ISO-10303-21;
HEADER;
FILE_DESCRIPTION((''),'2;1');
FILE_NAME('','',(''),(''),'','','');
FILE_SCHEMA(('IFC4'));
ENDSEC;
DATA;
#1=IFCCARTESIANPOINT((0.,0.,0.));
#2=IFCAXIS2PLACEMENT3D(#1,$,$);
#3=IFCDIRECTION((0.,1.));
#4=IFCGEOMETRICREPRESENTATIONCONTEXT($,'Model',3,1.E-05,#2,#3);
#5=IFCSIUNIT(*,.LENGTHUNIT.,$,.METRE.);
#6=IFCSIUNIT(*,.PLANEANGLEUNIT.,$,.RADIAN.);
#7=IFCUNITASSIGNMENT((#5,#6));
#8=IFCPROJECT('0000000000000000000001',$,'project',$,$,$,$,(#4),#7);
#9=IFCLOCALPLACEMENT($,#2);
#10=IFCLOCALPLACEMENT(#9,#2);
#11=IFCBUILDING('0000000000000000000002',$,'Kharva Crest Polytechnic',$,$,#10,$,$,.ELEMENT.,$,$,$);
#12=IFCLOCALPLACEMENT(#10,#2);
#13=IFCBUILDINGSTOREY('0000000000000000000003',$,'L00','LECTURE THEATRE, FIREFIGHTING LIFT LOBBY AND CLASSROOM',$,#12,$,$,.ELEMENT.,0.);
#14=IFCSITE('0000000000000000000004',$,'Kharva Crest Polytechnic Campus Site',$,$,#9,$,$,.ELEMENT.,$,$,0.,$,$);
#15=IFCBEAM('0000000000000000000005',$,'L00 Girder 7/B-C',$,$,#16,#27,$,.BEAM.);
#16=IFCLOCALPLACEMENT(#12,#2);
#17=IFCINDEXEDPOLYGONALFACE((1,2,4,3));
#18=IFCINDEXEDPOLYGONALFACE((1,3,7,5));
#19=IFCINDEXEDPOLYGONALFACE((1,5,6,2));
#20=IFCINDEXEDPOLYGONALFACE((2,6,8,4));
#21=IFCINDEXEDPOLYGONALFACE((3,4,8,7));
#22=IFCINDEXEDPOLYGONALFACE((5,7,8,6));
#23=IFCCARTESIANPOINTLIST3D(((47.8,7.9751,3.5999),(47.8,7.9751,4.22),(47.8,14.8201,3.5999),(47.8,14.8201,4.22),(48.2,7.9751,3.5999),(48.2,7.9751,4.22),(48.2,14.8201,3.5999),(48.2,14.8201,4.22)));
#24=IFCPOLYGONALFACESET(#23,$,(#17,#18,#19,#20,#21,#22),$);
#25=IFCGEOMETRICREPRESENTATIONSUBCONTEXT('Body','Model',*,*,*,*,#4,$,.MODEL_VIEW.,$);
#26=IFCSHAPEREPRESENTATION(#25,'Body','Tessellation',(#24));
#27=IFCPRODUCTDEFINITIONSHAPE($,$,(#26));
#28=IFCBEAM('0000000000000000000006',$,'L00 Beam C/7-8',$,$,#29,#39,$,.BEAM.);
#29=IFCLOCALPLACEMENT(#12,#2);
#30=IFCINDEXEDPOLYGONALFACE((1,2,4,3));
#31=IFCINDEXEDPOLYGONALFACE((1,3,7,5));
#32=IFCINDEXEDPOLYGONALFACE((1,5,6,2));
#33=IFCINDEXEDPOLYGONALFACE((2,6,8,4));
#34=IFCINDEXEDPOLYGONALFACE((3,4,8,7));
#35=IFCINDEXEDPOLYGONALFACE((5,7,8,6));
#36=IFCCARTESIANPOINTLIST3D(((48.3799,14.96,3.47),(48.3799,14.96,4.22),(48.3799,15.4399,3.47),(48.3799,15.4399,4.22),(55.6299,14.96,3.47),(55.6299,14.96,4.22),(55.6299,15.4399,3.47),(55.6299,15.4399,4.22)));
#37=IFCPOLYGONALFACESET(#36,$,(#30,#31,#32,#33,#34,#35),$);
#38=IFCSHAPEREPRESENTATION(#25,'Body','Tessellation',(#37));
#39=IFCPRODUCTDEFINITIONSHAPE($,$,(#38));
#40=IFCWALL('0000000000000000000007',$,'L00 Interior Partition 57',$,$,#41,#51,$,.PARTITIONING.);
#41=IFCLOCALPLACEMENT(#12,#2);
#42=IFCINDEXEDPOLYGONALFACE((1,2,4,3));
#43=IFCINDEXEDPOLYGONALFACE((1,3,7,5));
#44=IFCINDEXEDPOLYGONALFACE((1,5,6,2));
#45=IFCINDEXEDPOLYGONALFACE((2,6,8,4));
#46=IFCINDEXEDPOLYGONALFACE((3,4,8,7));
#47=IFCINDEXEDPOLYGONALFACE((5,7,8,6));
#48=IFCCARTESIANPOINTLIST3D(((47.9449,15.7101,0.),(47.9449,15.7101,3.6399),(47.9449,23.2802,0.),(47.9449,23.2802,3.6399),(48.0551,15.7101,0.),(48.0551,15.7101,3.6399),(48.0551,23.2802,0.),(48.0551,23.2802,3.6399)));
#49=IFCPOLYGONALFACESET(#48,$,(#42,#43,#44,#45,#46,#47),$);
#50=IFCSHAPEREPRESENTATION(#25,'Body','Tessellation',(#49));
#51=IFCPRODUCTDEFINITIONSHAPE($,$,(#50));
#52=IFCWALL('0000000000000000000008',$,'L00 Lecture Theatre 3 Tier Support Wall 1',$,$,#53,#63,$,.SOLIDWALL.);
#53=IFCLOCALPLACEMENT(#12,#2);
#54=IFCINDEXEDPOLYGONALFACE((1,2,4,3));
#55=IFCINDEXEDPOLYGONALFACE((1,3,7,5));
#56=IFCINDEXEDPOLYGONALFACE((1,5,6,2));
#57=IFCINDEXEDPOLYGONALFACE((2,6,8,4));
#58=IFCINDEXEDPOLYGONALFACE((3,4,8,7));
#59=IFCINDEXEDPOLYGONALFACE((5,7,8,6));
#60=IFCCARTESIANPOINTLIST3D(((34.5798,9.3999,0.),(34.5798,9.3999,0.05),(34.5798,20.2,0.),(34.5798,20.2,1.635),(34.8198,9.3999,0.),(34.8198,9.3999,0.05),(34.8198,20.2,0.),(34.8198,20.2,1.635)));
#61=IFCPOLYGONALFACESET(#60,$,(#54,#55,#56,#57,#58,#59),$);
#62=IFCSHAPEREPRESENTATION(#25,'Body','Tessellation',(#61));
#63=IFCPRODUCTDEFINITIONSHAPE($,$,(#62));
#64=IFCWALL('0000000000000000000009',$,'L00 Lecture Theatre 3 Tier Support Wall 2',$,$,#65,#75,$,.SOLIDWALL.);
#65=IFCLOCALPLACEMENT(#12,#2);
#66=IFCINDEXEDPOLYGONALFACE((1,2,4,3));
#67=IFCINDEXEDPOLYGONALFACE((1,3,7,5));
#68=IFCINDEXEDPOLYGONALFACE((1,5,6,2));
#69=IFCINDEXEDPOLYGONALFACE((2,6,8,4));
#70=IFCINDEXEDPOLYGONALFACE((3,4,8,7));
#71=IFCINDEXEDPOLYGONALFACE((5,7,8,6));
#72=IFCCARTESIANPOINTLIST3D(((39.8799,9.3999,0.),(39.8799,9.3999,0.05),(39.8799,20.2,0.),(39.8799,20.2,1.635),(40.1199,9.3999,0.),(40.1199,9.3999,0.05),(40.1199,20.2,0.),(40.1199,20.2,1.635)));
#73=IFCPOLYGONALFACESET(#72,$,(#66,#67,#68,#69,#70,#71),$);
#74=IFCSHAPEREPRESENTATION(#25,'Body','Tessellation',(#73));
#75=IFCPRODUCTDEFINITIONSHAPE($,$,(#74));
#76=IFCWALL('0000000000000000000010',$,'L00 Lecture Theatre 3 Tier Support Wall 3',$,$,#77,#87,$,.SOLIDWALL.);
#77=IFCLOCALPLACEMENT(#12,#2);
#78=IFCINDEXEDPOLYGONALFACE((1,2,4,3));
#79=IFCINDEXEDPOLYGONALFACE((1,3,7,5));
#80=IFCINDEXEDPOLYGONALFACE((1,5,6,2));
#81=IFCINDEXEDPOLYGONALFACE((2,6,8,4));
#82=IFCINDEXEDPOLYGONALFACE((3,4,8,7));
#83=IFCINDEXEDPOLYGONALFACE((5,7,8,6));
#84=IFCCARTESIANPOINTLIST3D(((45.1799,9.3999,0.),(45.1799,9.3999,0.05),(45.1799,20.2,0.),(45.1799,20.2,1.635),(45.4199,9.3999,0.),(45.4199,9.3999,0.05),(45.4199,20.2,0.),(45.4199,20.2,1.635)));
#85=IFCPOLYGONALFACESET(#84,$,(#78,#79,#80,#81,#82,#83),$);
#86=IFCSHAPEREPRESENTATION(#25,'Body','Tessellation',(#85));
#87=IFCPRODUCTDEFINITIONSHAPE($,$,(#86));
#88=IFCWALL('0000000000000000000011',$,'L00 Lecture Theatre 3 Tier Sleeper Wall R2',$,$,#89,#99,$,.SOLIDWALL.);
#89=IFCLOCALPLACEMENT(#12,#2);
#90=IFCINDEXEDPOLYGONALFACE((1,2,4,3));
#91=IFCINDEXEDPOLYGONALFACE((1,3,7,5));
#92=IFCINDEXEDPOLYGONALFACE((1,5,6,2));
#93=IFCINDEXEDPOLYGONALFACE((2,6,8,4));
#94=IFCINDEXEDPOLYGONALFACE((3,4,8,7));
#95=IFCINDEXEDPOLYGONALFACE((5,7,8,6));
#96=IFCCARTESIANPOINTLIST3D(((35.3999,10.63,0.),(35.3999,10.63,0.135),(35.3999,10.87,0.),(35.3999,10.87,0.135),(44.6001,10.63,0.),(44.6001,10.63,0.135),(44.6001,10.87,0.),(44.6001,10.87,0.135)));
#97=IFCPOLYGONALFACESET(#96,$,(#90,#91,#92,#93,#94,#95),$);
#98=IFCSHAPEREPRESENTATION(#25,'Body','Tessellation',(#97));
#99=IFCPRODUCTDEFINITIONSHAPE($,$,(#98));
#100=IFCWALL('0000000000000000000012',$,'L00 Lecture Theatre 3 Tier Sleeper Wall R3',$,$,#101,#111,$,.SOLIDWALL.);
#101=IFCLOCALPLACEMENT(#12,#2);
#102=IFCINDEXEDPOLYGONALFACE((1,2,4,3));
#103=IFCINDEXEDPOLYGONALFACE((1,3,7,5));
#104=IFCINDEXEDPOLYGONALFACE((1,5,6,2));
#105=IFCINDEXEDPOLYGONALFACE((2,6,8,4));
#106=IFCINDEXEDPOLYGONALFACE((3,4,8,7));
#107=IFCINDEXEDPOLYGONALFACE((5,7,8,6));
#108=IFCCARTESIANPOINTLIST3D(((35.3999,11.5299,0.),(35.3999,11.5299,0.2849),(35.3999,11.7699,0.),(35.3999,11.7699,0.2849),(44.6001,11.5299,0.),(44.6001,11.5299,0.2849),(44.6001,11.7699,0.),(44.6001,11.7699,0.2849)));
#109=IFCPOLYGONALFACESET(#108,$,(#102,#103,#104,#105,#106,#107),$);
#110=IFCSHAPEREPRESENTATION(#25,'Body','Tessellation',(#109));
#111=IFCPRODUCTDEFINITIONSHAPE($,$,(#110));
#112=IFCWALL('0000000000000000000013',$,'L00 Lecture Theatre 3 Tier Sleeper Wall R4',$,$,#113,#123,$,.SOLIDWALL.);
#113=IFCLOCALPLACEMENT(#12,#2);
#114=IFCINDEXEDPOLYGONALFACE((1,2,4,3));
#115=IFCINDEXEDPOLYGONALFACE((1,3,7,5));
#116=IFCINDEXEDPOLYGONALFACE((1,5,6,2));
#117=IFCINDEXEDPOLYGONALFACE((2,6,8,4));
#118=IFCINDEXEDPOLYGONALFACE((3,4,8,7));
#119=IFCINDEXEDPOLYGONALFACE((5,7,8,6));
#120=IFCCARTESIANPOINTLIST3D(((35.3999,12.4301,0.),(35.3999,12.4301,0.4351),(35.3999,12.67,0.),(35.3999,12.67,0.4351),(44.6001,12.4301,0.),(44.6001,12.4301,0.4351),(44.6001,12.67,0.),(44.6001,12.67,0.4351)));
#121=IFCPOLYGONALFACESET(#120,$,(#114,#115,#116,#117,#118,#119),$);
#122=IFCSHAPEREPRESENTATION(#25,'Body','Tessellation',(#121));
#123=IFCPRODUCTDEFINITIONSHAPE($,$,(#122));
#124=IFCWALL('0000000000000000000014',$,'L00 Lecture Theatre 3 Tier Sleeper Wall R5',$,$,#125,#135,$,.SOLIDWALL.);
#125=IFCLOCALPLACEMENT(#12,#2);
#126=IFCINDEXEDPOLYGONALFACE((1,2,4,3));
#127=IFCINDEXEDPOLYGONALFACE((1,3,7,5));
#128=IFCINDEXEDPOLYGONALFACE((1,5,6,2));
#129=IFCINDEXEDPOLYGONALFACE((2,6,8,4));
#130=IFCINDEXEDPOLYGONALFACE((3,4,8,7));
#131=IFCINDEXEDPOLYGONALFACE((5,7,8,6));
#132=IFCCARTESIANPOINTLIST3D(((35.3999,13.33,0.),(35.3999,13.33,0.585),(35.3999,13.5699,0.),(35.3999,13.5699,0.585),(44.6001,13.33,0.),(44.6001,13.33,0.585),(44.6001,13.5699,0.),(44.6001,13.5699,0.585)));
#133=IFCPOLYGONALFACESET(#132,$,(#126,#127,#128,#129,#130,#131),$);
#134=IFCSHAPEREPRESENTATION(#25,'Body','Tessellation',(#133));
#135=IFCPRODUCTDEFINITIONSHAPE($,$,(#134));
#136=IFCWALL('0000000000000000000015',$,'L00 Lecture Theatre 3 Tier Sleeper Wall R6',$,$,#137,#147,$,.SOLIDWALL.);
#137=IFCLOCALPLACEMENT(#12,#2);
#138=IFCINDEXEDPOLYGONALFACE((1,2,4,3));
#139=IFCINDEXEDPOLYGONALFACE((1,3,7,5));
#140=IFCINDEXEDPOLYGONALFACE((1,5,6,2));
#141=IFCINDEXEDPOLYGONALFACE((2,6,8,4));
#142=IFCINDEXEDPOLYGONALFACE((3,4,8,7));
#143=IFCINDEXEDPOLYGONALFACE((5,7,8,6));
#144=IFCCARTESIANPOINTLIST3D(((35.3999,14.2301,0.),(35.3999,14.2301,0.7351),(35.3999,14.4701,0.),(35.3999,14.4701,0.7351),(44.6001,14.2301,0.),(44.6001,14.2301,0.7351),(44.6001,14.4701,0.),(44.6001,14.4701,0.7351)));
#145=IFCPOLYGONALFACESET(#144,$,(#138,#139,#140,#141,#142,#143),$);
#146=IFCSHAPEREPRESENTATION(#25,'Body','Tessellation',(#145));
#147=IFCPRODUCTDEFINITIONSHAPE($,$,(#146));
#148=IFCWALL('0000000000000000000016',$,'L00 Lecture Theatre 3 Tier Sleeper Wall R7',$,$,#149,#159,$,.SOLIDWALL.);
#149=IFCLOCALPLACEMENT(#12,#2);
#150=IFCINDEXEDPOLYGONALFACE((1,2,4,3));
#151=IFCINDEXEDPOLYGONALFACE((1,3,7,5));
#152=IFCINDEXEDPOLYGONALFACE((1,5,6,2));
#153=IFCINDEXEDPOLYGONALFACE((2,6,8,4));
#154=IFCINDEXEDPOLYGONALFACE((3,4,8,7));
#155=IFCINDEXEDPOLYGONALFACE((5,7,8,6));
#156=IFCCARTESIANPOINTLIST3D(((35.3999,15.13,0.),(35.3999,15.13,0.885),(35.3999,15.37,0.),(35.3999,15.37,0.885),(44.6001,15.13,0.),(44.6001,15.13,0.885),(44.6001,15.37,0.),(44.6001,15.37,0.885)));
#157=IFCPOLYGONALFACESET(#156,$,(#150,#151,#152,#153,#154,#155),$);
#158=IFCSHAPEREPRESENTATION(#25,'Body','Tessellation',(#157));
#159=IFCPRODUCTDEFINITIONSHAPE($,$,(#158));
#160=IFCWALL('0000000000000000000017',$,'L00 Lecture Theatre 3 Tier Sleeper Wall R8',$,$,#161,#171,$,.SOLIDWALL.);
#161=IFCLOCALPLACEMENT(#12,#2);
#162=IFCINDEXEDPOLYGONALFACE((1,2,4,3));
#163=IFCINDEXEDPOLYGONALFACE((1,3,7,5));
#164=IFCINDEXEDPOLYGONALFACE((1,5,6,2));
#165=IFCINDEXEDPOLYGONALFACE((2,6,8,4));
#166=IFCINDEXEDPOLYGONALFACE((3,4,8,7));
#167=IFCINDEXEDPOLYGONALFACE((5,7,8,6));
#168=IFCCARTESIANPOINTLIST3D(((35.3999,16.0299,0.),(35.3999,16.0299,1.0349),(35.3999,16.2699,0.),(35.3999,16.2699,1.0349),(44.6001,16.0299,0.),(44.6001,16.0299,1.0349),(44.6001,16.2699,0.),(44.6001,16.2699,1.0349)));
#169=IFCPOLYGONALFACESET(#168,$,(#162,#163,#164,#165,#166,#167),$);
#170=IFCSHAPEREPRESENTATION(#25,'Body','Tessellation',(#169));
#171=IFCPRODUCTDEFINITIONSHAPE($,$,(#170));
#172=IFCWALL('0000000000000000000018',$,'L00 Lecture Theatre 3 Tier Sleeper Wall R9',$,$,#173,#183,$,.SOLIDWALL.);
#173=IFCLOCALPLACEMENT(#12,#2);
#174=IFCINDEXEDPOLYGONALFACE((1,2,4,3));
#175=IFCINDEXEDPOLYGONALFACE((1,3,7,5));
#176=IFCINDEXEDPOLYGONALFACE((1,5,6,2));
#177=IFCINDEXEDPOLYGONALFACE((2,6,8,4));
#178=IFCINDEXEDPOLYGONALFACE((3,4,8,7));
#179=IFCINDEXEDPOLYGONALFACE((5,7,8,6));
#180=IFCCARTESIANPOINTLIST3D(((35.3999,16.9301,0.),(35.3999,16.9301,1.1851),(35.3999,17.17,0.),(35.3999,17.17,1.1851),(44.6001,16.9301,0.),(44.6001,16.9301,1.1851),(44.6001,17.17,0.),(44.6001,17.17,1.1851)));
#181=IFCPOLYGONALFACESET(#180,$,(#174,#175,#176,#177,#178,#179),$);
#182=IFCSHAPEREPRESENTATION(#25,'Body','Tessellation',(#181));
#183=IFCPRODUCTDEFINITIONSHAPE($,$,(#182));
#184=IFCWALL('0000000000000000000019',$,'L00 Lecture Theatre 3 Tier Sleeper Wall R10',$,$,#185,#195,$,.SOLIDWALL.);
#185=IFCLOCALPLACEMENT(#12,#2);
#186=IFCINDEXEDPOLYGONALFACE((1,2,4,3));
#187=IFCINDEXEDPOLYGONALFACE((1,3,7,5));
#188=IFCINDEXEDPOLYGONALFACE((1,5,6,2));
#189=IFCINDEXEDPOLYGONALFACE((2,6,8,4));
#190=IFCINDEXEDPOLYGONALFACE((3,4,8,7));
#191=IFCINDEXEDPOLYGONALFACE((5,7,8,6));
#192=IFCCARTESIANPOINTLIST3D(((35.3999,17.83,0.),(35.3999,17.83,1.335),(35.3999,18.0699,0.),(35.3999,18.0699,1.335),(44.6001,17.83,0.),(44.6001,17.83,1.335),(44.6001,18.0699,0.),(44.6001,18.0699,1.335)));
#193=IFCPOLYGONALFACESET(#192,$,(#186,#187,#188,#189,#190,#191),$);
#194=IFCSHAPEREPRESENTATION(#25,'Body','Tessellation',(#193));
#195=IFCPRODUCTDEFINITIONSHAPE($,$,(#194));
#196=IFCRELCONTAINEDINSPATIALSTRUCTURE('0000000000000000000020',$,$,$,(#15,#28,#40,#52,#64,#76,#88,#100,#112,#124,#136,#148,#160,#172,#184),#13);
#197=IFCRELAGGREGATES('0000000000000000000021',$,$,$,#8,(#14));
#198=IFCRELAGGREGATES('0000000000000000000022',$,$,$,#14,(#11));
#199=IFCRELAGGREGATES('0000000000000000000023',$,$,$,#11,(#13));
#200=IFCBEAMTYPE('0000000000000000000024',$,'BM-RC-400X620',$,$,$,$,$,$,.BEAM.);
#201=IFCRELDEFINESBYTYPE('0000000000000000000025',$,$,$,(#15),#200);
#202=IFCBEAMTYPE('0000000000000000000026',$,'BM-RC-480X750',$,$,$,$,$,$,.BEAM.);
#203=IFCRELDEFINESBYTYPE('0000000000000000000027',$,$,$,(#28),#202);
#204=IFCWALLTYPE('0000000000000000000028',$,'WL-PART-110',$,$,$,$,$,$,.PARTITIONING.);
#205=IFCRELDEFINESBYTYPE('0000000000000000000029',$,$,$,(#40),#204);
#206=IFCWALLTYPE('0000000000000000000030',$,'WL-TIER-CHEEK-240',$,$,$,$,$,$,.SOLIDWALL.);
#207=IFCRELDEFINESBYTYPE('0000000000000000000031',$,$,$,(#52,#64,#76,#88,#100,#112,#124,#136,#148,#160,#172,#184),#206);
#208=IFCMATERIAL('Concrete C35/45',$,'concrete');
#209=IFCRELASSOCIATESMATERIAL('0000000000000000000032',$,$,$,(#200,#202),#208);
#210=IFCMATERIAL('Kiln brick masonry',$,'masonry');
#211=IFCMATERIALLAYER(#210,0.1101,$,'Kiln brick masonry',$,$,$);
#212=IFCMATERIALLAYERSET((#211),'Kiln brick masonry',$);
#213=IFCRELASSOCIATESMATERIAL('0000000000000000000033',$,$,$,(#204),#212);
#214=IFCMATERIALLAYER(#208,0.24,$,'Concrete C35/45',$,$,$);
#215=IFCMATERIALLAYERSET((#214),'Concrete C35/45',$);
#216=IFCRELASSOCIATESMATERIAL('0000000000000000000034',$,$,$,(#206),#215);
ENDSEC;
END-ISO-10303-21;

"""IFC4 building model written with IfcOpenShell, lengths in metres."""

from ifc_helpers import new_model, si_unit, direction, frame, frame_2d, origin, origin_2d, place, context, subcontext, project, spatial, polyline, rectangle, outline, extrude, material, layer, layer_set, material_profile, profile_set, type_object, element, save


model = new_model("IFC4")

# Units and contexts
model_context = context("Model", 3, precision=1e-05, world=origin(), true_north=direction((0.0, 1.0)))
body_context = subcontext(model_context, "Body", "Model", "MODEL_VIEW")
ifc_project = project(units=[si_unit("LENGTHUNIT", "METRE"), si_unit("PLANEANGLEUNIT", "RADIAN")], contexts=[model_context])

# Site, building, storey
site_placement = place(None, origin())
site = spatial("IfcSite", under=ifc_project, at=site_placement, Name="Kharva Crest Polytechnic Campus Site", CompositionType="ELEMENT", RefElevation=0.0)
building_placement = place(site_placement, origin())
building = spatial("IfcBuilding", under=site, at=building_placement, Name="Kharva Crest Polytechnic", CompositionType="ELEMENT")
storey_placement = place(building_placement, origin())
storey = spatial("IfcBuildingStorey", under=building, at=storey_placement, Name="L00", Description="LECTURE THEATRE, FIREFIGHTING LIFT LOBBY AND CLASSROOM", CompositionType="ELEMENT", Elevation=0.0)

# Shared definitions
ifc_material_1 = material(Name="Concrete C35/45", Category="concrete")

# Beams
ifc_material_profile_1 = material_profile(ifc_material_1, rectangle(XDim=0.3999, YDim=0.6201, at=origin_2d()), Name="RECT 400 X 620")
ifc_profile_set_1 = profile_set([ifc_material_profile_1], Name="Concrete C35/45")
beam_type_1 = type_object("IfcBeamType", Name="BM-RC-400X620", PredefinedType="BEAM", material=ifc_profile_set_1)
beam_1_placement = place(storey_placement, frame((48.0, 7.9751, 3.9099), z_axis=(0.0, 1.0, 0.0), x_axis=(-1.0, 0.0, 0.0)))
element("IfcBeam", 1, at=beam_1_placement, inside=storey, type_object=beam_type_1, Name="L00 Girder 7/B-C", PredefinedType="BEAM", context=body_context, shape_type="SweptSolid", body=[
    extrude(rectangle(XDim=0.3999, YDim=0.6201, at=origin_2d()), origin(), (0.0, 0.0, 1.0), 6.845),
])
ifc_material_profile_2 = material_profile(ifc_material_1, rectangle(XDim=0.48, YDim=0.75, at=origin_2d()), Name="RECT 480 X 750")
ifc_profile_set_2 = profile_set([ifc_material_profile_2], Name="Concrete C35/45")
beam_type_2 = type_object("IfcBeamType", Name="BM-RC-480X750", PredefinedType="BEAM", material=ifc_profile_set_2)
beam_2_placement = place(storey_placement, frame((48.3799, 15.2, 3.845), z_axis=(1.0, 0.0, 0.0), x_axis=(0.0, 1.0, 0.0)))
element("IfcBeam", 2, at=beam_2_placement, inside=storey, type_object=beam_type_2, Name="L00 Beam C/7-8", PredefinedType="BEAM", context=body_context, shape_type="SweptSolid", body=[
    extrude(rectangle(XDim=0.48, YDim=0.75, at=origin_2d()), origin(), (0.0, 0.0, 1.0), 7.25),
])

# Walls
ifc_material_2 = material(Name="Kiln brick masonry", Category="masonry")
ifc_layer_1 = layer(ifc_material_2, 0.1101, Name="Kiln brick masonry")
ifc_layer_set_1 = layer_set([ifc_layer_1], Name="Kiln brick masonry")
wall_type_1 = type_object("IfcWallType", Name="WL-PART-110", PredefinedType="PARTITIONING", material=ifc_layer_set_1)
wall_1_placement = place(storey_placement, frame((48.0, 15.71, 0.0), z_axis=(0.0, 0.0, 1.0), x_axis=(0.0, 1.0, 0.0)))
element("IfcWall", 3, at=wall_1_placement, inside=storey, type_object=wall_type_1, Name="L00 Interior Partition 57", PredefinedType="PARTITIONING", context=body_context, shape_type="SweptSolid", body=[
    extrude(rectangle(XDim=7.5701, YDim=0.1101, at=frame_2d((3.7852, 0.0))), origin(), (0.0, 0.0, 1.0), 3.6399),
])
ifc_layer_2 = layer(ifc_material_1, 0.24, Name="Concrete C35/45")
ifc_layer_set_2 = layer_set([ifc_layer_2], Name="Concrete C35/45")
wall_type_2 = type_object("IfcWallType", Name="WL-TIER-CHEEK-240", PredefinedType="SOLIDWALL", material=ifc_layer_set_2)
for number, where, z_axis, x_axis, name in (
    (4, (34.7, 9.3999, 0.0), (0.0, 0.0, 1.0), (0.0, 1.0, 0.0), "L00 Lecture Theatre 3 Tier Support Wall 1"),
    (5, (40.0, 9.3999, 0.0), (0.0, 0.0, 1.0), (0.0, 1.0, 0.0), "L00 Lecture Theatre 3 Tier Support Wall 2"),
    (6, (45.3, 9.3999, 0.0), (0.0, 0.0, 1.0), (0.0, 1.0, 0.0), "L00 Lecture Theatre 3 Tier Support Wall 3"),
):
    element("IfcWall", number, at=place(storey_placement, frame(where, z_axis=z_axis, x_axis=x_axis)), inside=storey, type_object=wall_type_2, Name=name, PredefinedType="SOLIDWALL", context=body_context, shape_type="SweptSolid", body=[
        extrude(outline(polyline([(0.0, 0.0), (10.8, 0.0), (10.8, 1.635), (0.0, 0.05), (0.0, 0.0)])), frame((0.0, 0.1201, 0.0), z_axis=(0.0, -1.0, 0.0), x_axis=(1.0, 0.0, 0.0)), (0.0, 0.0, 1.0), 0.24),
    ])
wall_2_placement = place(storey_placement, frame((35.3999, 10.75, 0.0), z_axis=(0.0, 0.0, 1.0), x_axis=(1.0, 0.0, 0.0)))
element("IfcWall", 7, at=wall_2_placement, inside=storey, type_object=wall_type_2, Name="L00 Lecture Theatre 3 Tier Sleeper Wall R2", PredefinedType="SOLIDWALL", context=body_context, shape_type="SweptSolid", body=[
    extrude(rectangle(XDim=9.2002, YDim=0.24, at=frame_2d((4.6001, 0.0))), origin(), (0.0, 0.0, 1.0), 0.135),
])
wall_3_placement = place(storey_placement, frame((35.3999, 11.6499, 0.0), z_axis=(0.0, 0.0, 1.0), x_axis=(1.0, 0.0, 0.0)))
element("IfcWall", 8, at=wall_3_placement, inside=storey, type_object=wall_type_2, Name="L00 Lecture Theatre 3 Tier Sleeper Wall R3", PredefinedType="SOLIDWALL", context=body_context, shape_type="SweptSolid", body=[
    extrude(rectangle(XDim=9.2002, YDim=0.24, at=frame_2d((4.6001, 0.0))), origin(), (0.0, 0.0, 1.0), 0.2849),
])
wall_4_placement = place(storey_placement, frame((35.3999, 12.55, 0.0), z_axis=(0.0, 0.0, 1.0), x_axis=(1.0, 0.0, 0.0)))
element("IfcWall", 9, at=wall_4_placement, inside=storey, type_object=wall_type_2, Name="L00 Lecture Theatre 3 Tier Sleeper Wall R4", PredefinedType="SOLIDWALL", context=body_context, shape_type="SweptSolid", body=[
    extrude(rectangle(XDim=9.2002, YDim=0.24, at=frame_2d((4.6001, 0.0))), origin(), (0.0, 0.0, 1.0), 0.4351),
])
wall_5_placement = place(storey_placement, frame((35.3999, 13.45, 0.0), z_axis=(0.0, 0.0, 1.0), x_axis=(1.0, 0.0, 0.0)))
element("IfcWall", 10, at=wall_5_placement, inside=storey, type_object=wall_type_2, Name="L00 Lecture Theatre 3 Tier Sleeper Wall R5", PredefinedType="SOLIDWALL", context=body_context, shape_type="SweptSolid", body=[
    extrude(rectangle(XDim=9.2002, YDim=0.24, at=frame_2d((4.6001, 0.0))), origin(), (0.0, 0.0, 1.0), 0.585),
])
wall_6_placement = place(storey_placement, frame((35.3999, 14.3501, 0.0), z_axis=(0.0, 0.0, 1.0), x_axis=(1.0, 0.0, 0.0)))
element("IfcWall", 11, at=wall_6_placement, inside=storey, type_object=wall_type_2, Name="L00 Lecture Theatre 3 Tier Sleeper Wall R6", PredefinedType="SOLIDWALL", context=body_context, shape_type="SweptSolid", body=[
    extrude(rectangle(XDim=9.2002, YDim=0.24, at=frame_2d((4.6001, 0.0))), origin(), (0.0, 0.0, 1.0), 0.7351),
])
wall_7_placement = place(storey_placement, frame((35.3999, 15.25, 0.0), z_axis=(0.0, 0.0, 1.0), x_axis=(1.0, 0.0, 0.0)))
element("IfcWall", 12, at=wall_7_placement, inside=storey, type_object=wall_type_2, Name="L00 Lecture Theatre 3 Tier Sleeper Wall R7", PredefinedType="SOLIDWALL", context=body_context, shape_type="SweptSolid", body=[
    extrude(rectangle(XDim=9.2002, YDim=0.24, at=frame_2d((4.6001, 0.0))), origin(), (0.0, 0.0, 1.0), 0.885),
])
wall_8_placement = place(storey_placement, frame((35.3999, 16.1499, 0.0), z_axis=(0.0, 0.0, 1.0), x_axis=(1.0, 0.0, 0.0)))
element("IfcWall", 13, at=wall_8_placement, inside=storey, type_object=wall_type_2, Name="L00 Lecture Theatre 3 Tier Sleeper Wall R8", PredefinedType="SOLIDWALL", context=body_context, shape_type="SweptSolid", body=[
    extrude(rectangle(XDim=9.2002, YDim=0.24, at=frame_2d((4.6001, 0.0))), origin(), (0.0, 0.0, 1.0), 1.0349),
])
wall_9_placement = place(storey_placement, frame((35.3999, 17.05, 0.0), z_axis=(0.0, 0.0, 1.0), x_axis=(1.0, 0.0, 0.0)))
element("IfcWall", 14, at=wall_9_placement, inside=storey, type_object=wall_type_2, Name="L00 Lecture Theatre 3 Tier Sleeper Wall R9", PredefinedType="SOLIDWALL", context=body_context, shape_type="SweptSolid", body=[
    extrude(rectangle(XDim=9.2002, YDim=0.24, at=frame_2d((4.6001, 0.0))), origin(), (0.0, 0.0, 1.0), 1.1851),
])
wall_10_placement = place(storey_placement, frame((35.3999, 17.95, 0.0), z_axis=(0.0, 0.0, 1.0), x_axis=(1.0, 0.0, 0.0)))
element("IfcWall", 15, at=wall_10_placement, inside=storey, type_object=wall_type_2, Name="L00 Lecture Theatre 3 Tier Sleeper Wall R10", PredefinedType="SOLIDWALL", context=body_context, shape_type="SweptSolid", body=[
    extrude(rectangle(XDim=9.2002, YDim=0.24, at=frame_2d((4.6001, 0.0))), origin(), (0.0, 0.0, 1.0), 1.335),
])

save(model, "model.ifc")
